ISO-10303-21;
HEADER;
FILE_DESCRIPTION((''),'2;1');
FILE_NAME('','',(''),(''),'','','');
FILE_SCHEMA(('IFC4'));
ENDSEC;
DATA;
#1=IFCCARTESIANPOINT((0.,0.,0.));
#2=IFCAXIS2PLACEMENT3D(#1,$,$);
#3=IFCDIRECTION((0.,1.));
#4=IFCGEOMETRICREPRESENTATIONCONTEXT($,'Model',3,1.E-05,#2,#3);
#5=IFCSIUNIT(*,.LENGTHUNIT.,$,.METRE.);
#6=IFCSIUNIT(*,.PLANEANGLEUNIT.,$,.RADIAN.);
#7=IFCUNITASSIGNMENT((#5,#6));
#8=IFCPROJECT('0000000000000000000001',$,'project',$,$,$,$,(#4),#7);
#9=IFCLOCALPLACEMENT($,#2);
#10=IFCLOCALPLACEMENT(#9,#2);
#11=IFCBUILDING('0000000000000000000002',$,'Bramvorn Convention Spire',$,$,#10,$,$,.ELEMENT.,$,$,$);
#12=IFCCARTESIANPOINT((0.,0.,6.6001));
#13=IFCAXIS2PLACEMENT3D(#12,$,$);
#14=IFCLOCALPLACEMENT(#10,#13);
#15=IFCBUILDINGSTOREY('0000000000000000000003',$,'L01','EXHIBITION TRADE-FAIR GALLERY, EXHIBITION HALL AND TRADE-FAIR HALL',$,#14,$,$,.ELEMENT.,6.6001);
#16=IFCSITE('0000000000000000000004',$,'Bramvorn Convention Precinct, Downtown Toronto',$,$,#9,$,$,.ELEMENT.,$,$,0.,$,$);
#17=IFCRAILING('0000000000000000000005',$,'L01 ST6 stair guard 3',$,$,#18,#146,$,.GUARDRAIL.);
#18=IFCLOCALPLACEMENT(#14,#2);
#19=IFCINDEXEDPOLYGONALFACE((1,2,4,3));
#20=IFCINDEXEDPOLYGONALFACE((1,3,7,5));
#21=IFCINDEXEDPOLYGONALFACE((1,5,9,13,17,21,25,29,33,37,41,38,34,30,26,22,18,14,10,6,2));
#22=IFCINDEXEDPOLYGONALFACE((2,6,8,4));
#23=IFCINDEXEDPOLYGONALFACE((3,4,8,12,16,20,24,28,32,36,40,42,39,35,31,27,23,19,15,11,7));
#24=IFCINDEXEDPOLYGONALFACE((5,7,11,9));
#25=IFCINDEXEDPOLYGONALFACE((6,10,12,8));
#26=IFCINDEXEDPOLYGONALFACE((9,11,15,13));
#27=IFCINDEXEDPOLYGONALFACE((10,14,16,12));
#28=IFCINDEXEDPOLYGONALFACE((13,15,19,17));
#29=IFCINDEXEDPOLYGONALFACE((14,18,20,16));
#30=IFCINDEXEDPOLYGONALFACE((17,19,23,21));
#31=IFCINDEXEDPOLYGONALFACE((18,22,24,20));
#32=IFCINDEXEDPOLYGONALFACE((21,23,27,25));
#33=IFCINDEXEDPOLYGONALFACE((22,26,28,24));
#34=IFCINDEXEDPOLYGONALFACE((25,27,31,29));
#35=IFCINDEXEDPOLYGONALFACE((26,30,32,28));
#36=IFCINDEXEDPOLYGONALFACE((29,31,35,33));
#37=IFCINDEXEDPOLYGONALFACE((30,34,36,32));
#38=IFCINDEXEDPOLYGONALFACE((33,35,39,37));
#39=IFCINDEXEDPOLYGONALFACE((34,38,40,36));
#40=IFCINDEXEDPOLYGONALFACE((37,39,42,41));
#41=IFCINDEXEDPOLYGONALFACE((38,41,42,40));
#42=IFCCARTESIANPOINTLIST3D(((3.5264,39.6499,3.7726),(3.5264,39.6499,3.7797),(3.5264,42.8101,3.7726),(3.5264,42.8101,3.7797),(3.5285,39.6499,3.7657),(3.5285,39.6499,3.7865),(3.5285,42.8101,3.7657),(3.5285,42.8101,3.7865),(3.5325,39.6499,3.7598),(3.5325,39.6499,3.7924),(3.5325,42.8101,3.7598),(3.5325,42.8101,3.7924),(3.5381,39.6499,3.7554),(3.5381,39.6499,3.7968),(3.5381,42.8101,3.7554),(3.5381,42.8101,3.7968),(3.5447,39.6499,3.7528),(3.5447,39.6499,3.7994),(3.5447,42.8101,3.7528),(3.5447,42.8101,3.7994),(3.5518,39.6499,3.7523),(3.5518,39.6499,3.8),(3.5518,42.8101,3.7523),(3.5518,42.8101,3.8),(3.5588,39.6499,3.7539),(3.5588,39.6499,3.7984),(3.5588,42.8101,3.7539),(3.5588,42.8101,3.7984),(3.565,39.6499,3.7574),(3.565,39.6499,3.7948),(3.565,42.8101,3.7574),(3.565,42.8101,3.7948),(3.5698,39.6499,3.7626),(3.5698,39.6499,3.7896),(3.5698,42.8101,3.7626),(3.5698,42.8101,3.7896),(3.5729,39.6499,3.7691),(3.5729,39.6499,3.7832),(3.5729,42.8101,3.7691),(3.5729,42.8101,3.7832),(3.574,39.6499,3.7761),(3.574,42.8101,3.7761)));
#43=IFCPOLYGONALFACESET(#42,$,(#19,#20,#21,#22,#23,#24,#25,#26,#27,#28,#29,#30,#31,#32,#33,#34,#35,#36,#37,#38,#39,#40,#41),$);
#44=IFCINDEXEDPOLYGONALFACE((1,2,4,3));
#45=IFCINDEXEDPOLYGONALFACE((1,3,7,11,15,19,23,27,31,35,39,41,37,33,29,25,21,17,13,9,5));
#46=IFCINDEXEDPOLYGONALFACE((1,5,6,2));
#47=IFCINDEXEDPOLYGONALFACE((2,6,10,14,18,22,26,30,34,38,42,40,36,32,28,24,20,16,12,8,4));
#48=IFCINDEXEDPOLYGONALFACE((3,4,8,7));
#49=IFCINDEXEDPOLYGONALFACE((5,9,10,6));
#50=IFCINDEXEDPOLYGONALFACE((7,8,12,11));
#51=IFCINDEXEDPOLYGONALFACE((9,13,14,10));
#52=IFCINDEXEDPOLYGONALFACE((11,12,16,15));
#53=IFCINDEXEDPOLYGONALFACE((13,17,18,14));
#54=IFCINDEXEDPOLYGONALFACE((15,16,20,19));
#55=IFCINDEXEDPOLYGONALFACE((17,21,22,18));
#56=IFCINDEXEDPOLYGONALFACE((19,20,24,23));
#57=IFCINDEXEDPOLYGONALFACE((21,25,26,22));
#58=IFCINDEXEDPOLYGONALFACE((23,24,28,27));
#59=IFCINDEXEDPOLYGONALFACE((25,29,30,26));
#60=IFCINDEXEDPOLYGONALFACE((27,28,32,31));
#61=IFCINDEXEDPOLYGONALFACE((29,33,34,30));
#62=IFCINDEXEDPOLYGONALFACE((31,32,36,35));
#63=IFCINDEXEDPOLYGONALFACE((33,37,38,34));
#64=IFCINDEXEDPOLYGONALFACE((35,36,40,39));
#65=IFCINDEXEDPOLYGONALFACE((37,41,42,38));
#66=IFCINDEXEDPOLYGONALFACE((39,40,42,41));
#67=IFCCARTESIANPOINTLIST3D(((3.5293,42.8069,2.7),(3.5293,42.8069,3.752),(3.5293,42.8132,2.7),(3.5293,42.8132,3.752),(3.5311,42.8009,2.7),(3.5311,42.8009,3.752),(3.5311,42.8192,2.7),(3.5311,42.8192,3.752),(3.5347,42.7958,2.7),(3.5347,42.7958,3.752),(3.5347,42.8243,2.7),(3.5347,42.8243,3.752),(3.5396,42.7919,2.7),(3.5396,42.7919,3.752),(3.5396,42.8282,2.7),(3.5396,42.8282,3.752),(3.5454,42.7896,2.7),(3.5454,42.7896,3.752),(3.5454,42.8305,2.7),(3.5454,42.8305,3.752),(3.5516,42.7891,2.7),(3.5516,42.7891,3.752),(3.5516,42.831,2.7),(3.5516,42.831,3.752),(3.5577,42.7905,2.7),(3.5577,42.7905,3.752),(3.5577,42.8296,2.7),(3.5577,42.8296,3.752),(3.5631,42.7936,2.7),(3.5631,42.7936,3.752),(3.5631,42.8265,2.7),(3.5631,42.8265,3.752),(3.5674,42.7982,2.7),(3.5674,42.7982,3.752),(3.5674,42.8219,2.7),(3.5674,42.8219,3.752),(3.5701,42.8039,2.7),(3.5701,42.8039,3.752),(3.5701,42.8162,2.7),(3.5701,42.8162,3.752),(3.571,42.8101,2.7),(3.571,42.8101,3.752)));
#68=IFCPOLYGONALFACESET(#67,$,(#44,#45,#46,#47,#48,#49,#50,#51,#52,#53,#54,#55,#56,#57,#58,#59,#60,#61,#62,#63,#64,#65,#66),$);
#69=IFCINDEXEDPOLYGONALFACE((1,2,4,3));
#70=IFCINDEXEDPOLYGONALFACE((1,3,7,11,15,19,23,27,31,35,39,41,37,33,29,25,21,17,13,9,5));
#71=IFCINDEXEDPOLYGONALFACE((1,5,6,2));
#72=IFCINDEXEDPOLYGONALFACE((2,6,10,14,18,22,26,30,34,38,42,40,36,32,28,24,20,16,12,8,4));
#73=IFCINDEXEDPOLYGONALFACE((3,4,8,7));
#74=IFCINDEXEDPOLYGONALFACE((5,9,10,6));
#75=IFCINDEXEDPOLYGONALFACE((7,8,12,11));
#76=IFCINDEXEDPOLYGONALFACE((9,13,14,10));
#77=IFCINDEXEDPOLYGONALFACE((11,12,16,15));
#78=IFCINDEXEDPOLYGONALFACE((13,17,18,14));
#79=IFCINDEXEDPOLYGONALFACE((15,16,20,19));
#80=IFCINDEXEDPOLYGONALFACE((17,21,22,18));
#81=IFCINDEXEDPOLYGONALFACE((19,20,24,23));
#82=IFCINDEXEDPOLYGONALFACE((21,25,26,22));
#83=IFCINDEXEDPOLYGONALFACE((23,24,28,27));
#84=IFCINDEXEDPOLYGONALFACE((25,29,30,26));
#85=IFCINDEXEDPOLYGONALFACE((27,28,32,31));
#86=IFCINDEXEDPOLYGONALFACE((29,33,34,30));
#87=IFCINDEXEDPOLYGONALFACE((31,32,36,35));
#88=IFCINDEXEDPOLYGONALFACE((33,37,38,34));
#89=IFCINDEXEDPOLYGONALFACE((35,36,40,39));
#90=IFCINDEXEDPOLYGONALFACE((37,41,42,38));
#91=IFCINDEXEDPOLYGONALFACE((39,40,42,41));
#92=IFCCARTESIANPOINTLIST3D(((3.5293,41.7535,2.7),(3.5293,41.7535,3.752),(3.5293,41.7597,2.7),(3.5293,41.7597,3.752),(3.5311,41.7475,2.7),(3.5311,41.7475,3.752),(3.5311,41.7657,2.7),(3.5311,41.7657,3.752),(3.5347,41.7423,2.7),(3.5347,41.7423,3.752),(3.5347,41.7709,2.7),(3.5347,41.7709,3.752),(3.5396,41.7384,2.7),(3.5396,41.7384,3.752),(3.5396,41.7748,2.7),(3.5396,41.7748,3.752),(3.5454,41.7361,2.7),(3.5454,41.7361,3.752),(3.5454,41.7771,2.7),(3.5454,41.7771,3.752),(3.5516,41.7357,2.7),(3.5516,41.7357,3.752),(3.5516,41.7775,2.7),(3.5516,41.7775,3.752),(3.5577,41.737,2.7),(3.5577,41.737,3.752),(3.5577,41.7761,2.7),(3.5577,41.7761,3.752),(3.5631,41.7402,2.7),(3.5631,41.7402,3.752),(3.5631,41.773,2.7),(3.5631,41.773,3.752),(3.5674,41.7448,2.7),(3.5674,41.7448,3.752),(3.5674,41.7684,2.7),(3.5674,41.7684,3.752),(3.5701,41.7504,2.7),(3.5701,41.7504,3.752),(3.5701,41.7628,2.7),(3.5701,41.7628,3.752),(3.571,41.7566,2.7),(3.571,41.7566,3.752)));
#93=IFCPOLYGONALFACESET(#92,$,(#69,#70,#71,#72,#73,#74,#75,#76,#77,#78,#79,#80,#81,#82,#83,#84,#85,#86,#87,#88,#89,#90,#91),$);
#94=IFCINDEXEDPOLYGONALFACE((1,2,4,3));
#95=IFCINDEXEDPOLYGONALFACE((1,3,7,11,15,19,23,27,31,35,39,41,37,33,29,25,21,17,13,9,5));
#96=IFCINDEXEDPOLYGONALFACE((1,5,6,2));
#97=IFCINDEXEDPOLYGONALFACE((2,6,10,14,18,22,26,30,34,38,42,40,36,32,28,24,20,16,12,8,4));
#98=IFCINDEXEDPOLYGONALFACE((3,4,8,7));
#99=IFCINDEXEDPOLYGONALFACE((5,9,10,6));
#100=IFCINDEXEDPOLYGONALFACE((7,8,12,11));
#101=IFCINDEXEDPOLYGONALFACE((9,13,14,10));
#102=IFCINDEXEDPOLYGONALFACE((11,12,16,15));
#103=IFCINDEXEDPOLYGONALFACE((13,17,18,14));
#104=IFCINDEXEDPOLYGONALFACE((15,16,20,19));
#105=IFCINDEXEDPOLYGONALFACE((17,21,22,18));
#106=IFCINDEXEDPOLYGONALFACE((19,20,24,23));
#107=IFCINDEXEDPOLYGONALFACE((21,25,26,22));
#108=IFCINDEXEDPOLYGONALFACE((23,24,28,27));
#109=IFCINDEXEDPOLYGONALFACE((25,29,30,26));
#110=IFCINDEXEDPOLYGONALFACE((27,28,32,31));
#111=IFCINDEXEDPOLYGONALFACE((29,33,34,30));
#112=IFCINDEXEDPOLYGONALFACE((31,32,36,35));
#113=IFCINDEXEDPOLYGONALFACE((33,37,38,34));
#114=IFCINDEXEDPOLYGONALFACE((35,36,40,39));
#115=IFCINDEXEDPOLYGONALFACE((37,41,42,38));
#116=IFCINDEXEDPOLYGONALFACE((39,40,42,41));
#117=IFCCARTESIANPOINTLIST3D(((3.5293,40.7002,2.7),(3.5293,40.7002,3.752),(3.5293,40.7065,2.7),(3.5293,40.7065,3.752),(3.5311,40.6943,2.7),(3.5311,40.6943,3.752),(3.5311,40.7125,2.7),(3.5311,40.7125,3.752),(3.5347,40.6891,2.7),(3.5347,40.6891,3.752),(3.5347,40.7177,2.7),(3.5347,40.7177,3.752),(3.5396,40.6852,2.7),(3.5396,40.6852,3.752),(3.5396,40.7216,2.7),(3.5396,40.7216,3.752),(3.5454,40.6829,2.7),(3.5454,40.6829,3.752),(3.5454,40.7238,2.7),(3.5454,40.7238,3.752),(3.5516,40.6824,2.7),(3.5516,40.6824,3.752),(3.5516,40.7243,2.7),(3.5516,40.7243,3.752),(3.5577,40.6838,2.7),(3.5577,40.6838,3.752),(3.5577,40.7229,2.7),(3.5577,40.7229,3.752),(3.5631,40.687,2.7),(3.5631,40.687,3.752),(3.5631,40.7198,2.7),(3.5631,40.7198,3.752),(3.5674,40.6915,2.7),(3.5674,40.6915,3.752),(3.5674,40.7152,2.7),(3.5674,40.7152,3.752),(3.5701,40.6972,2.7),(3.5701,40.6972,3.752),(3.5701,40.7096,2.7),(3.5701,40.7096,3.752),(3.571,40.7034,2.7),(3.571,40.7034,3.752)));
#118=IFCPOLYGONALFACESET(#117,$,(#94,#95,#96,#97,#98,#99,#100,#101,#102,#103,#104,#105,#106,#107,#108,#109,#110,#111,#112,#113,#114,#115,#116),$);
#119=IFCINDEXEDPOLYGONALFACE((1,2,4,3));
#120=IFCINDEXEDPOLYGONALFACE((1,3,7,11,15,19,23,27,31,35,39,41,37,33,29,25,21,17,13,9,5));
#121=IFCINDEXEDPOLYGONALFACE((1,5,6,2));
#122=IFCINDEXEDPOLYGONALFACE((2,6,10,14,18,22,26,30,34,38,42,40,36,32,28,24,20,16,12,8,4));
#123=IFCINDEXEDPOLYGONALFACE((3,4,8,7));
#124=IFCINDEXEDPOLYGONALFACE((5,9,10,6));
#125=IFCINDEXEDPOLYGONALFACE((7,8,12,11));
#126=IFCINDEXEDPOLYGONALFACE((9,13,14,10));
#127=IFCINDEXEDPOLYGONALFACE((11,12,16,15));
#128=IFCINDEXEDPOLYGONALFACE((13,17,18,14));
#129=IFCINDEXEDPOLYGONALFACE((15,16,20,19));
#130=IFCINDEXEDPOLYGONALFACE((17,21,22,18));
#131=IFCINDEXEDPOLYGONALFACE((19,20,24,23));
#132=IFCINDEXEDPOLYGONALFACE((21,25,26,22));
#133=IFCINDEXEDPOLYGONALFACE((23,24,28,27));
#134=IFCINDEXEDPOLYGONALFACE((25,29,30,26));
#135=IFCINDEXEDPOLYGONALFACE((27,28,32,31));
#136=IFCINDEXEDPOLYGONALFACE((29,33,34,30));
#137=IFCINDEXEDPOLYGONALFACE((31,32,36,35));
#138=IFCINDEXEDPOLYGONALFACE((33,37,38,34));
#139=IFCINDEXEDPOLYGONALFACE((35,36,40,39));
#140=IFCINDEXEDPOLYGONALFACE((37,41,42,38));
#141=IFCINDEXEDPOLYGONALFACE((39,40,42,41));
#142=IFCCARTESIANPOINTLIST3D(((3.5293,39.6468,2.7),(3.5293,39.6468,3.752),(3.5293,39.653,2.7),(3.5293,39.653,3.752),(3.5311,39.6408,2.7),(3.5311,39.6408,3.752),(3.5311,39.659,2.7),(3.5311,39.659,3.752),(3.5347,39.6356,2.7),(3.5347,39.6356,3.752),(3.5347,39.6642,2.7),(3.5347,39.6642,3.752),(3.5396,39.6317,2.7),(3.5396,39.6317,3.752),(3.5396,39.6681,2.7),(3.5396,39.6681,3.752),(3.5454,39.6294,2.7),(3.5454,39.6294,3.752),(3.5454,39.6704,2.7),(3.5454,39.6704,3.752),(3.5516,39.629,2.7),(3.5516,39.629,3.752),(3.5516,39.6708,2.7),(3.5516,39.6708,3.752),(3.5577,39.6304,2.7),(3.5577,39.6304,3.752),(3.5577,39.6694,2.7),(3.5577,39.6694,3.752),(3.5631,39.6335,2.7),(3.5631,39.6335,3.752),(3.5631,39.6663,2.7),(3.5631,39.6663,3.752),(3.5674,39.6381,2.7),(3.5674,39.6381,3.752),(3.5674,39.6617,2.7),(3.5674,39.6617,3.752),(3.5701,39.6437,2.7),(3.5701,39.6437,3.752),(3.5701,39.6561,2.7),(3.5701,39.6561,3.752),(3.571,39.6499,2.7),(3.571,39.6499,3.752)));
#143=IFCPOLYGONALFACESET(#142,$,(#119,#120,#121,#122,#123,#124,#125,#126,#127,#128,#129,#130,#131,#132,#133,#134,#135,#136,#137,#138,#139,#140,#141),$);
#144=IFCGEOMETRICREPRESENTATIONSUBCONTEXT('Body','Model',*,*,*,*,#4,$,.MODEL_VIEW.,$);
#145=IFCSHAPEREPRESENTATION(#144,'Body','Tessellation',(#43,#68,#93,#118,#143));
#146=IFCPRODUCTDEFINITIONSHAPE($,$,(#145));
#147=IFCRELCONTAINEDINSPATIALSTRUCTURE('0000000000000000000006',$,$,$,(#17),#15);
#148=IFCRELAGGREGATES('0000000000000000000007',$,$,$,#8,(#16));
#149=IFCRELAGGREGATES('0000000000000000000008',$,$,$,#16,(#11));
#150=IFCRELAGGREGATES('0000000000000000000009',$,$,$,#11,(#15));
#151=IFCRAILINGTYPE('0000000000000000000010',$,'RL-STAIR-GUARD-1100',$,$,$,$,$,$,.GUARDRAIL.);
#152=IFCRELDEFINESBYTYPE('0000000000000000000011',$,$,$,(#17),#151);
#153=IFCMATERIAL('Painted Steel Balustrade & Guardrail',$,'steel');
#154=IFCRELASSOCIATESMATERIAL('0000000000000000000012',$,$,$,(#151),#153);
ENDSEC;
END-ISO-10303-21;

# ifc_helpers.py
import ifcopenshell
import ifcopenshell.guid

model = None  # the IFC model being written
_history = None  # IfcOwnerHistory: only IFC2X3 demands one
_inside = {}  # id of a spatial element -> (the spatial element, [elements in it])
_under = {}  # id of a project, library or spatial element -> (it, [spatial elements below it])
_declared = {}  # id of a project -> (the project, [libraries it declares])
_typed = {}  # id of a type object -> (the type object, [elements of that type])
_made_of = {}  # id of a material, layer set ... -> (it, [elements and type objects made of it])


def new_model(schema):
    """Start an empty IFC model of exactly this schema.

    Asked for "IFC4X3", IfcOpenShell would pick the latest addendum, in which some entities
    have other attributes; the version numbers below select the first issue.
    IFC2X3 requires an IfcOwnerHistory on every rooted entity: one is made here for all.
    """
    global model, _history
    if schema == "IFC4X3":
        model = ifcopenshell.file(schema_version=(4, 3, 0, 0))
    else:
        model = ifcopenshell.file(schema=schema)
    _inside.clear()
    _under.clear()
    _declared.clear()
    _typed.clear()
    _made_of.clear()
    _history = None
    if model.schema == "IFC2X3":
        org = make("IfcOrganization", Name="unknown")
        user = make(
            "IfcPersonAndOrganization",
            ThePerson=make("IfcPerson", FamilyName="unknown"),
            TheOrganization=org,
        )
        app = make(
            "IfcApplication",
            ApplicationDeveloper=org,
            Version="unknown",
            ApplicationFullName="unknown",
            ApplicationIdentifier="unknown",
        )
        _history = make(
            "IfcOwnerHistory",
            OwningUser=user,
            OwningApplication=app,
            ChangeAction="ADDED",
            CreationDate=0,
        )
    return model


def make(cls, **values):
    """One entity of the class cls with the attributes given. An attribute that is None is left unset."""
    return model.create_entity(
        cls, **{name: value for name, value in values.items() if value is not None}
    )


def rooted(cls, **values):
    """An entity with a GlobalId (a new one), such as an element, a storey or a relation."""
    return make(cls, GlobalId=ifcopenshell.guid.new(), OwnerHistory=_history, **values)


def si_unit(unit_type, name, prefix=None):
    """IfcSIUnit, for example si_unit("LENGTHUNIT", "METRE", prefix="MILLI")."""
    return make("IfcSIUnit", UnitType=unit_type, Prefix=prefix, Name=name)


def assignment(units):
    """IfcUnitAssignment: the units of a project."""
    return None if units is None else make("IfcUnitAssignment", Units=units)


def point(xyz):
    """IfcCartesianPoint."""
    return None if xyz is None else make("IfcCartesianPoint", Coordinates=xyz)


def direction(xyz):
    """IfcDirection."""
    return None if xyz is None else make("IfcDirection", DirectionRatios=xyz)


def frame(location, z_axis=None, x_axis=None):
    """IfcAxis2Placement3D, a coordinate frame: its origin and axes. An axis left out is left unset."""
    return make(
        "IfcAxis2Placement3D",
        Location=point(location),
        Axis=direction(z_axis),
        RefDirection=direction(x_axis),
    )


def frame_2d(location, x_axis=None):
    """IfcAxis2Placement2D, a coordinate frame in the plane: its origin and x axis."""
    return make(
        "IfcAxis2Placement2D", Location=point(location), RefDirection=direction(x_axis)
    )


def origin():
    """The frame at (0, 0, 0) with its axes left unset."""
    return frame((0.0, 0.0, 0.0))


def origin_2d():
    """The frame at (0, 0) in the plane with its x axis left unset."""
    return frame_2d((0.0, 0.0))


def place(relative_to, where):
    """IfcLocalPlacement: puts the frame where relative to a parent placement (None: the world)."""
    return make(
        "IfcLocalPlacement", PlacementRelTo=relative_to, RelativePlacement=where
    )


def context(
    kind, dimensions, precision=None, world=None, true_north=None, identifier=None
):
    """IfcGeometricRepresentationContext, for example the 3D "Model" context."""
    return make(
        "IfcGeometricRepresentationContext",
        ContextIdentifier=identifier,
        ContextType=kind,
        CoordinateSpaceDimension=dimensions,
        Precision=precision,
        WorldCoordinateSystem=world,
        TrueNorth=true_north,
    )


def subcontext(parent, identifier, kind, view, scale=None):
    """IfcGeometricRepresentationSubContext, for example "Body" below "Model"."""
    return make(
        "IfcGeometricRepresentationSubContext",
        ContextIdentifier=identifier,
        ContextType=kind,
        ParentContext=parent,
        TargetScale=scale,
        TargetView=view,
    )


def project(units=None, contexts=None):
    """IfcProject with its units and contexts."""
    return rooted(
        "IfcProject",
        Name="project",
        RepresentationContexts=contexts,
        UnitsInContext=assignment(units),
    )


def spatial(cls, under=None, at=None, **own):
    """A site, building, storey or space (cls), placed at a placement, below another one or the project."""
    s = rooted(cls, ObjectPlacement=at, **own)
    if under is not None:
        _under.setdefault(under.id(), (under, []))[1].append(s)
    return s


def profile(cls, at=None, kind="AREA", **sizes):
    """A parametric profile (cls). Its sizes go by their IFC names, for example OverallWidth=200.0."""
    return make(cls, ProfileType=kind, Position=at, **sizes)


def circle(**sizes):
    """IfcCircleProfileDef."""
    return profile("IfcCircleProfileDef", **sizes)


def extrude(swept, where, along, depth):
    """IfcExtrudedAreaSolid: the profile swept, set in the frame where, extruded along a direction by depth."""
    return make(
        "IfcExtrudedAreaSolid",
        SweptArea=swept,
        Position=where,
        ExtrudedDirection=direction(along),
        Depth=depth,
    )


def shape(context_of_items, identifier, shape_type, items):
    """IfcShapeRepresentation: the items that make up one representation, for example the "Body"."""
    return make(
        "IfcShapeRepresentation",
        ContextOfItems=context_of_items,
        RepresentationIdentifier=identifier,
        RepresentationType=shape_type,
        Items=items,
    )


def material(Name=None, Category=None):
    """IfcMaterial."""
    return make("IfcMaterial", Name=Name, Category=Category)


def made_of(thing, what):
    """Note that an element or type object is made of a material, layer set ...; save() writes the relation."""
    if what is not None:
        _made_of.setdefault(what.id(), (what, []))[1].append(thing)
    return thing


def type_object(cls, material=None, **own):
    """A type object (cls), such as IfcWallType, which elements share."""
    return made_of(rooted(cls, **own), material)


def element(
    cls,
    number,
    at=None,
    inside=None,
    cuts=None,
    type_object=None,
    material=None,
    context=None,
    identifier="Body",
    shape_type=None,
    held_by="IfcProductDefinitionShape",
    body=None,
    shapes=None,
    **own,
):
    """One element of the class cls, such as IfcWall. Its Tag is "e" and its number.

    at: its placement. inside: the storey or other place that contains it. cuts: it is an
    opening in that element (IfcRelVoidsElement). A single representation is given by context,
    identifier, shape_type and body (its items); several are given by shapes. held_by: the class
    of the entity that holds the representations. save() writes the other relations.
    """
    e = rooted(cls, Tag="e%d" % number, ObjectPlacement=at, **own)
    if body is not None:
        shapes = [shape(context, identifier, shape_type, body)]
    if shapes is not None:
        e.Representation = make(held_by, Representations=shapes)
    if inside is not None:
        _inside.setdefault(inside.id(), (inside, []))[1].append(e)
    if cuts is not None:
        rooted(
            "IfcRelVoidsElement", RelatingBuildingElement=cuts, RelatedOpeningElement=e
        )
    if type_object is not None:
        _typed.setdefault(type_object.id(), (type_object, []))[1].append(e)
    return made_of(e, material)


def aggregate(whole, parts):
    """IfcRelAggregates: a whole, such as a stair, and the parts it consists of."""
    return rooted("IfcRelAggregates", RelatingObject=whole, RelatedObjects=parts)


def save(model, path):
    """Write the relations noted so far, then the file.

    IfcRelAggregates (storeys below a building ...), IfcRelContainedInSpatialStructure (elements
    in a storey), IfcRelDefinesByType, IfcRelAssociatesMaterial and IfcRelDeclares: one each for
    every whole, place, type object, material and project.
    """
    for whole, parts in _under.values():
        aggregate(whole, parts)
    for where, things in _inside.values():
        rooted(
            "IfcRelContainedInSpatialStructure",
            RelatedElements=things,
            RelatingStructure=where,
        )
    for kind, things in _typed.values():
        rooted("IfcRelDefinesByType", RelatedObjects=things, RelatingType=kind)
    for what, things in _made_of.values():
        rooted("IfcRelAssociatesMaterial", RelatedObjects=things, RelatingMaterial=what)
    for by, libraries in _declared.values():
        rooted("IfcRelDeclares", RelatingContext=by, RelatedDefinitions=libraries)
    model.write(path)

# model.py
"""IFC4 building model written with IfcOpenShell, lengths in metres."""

from ifc_helpers import new_model, si_unit, direction, frame, origin, origin_2d, place, context, subcontext, project, spatial, circle, extrude, material, type_object, element, save


model = new_model("IFC4")

# Units and contexts
model_context = context("Model", 3, precision=1e-05, world=origin(), true_north=direction((0.0, 1.0)))
body_context = subcontext(model_context, "Body", "Model", "MODEL_VIEW")
ifc_project = project(units=[si_unit("LENGTHUNIT", "METRE"), si_unit("PLANEANGLEUNIT", "RADIAN")], contexts=[model_context])

# Site, building, storey
site_placement = place(None, origin())
site = spatial("IfcSite", under=ifc_project, at=site_placement, Name="Bramvorn Convention Precinct, Downtown Toronto", CompositionType="ELEMENT", RefElevation=0.0)
building_placement = place(site_placement, origin())
building = spatial("IfcBuilding", under=site, at=building_placement, Name="Bramvorn Convention Spire", CompositionType="ELEMENT")
storey_placement = place(building_placement, frame((0.0, 0.0, 6.6001)))
storey = spatial("IfcBuildingStorey", under=building, at=storey_placement, Name="L01", Description="EXHIBITION TRADE-FAIR GALLERY, EXHIBITION HALL AND TRADE-FAIR HALL", CompositionType="ELEMENT", Elevation=6.6001)

# Railing
ifc_material_1 = material(Name="Painted Steel Balustrade & Guardrail", Category="steel")
railing_type = type_object("IfcRailingType", Name="RL-STAIR-GUARD-1100", PredefinedType="GUARDRAIL", material=ifc_material_1)
railing_1_placement = place(storey_placement, frame((3.55, 42.8101, 2.7)))
element("IfcRailing", 1, at=railing_1_placement, inside=storey, type_object=railing_type, Name="L01 ST6 stair guard 3", PredefinedType="GUARDRAIL", context=body_context, shape_type="SweptSolid", body=[
    extrude(circle(Radius=0.0239, at=origin_2d()), frame((0.0, 0.0, 1.0762), z_axis=(0.0, -1.0, 0.0), x_axis=(1.0, 0.0, 0.0)), (0.0, 0.0, 1.0), 3.1602),
    extrude(circle(Radius=0.021, at=origin_2d()), origin(), (0.0, 0.0, 1.0), 1.052),
    extrude(circle(Radius=0.021, at=origin_2d()), frame((0.0, -1.0535, 0.0)), (0.0, 0.0, 1.0), 1.052),
    extrude(circle(Radius=0.021, at=origin_2d()), frame((0.0, -2.1067, 0.0)), (0.0, 0.0, 1.0), 1.052),
    extrude(circle(Radius=0.021, at=origin_2d()), frame((0.0, -3.1602, 0.0)), (0.0, 0.0, 1.0), 1.052),
])

save(model, "model.ifc")
